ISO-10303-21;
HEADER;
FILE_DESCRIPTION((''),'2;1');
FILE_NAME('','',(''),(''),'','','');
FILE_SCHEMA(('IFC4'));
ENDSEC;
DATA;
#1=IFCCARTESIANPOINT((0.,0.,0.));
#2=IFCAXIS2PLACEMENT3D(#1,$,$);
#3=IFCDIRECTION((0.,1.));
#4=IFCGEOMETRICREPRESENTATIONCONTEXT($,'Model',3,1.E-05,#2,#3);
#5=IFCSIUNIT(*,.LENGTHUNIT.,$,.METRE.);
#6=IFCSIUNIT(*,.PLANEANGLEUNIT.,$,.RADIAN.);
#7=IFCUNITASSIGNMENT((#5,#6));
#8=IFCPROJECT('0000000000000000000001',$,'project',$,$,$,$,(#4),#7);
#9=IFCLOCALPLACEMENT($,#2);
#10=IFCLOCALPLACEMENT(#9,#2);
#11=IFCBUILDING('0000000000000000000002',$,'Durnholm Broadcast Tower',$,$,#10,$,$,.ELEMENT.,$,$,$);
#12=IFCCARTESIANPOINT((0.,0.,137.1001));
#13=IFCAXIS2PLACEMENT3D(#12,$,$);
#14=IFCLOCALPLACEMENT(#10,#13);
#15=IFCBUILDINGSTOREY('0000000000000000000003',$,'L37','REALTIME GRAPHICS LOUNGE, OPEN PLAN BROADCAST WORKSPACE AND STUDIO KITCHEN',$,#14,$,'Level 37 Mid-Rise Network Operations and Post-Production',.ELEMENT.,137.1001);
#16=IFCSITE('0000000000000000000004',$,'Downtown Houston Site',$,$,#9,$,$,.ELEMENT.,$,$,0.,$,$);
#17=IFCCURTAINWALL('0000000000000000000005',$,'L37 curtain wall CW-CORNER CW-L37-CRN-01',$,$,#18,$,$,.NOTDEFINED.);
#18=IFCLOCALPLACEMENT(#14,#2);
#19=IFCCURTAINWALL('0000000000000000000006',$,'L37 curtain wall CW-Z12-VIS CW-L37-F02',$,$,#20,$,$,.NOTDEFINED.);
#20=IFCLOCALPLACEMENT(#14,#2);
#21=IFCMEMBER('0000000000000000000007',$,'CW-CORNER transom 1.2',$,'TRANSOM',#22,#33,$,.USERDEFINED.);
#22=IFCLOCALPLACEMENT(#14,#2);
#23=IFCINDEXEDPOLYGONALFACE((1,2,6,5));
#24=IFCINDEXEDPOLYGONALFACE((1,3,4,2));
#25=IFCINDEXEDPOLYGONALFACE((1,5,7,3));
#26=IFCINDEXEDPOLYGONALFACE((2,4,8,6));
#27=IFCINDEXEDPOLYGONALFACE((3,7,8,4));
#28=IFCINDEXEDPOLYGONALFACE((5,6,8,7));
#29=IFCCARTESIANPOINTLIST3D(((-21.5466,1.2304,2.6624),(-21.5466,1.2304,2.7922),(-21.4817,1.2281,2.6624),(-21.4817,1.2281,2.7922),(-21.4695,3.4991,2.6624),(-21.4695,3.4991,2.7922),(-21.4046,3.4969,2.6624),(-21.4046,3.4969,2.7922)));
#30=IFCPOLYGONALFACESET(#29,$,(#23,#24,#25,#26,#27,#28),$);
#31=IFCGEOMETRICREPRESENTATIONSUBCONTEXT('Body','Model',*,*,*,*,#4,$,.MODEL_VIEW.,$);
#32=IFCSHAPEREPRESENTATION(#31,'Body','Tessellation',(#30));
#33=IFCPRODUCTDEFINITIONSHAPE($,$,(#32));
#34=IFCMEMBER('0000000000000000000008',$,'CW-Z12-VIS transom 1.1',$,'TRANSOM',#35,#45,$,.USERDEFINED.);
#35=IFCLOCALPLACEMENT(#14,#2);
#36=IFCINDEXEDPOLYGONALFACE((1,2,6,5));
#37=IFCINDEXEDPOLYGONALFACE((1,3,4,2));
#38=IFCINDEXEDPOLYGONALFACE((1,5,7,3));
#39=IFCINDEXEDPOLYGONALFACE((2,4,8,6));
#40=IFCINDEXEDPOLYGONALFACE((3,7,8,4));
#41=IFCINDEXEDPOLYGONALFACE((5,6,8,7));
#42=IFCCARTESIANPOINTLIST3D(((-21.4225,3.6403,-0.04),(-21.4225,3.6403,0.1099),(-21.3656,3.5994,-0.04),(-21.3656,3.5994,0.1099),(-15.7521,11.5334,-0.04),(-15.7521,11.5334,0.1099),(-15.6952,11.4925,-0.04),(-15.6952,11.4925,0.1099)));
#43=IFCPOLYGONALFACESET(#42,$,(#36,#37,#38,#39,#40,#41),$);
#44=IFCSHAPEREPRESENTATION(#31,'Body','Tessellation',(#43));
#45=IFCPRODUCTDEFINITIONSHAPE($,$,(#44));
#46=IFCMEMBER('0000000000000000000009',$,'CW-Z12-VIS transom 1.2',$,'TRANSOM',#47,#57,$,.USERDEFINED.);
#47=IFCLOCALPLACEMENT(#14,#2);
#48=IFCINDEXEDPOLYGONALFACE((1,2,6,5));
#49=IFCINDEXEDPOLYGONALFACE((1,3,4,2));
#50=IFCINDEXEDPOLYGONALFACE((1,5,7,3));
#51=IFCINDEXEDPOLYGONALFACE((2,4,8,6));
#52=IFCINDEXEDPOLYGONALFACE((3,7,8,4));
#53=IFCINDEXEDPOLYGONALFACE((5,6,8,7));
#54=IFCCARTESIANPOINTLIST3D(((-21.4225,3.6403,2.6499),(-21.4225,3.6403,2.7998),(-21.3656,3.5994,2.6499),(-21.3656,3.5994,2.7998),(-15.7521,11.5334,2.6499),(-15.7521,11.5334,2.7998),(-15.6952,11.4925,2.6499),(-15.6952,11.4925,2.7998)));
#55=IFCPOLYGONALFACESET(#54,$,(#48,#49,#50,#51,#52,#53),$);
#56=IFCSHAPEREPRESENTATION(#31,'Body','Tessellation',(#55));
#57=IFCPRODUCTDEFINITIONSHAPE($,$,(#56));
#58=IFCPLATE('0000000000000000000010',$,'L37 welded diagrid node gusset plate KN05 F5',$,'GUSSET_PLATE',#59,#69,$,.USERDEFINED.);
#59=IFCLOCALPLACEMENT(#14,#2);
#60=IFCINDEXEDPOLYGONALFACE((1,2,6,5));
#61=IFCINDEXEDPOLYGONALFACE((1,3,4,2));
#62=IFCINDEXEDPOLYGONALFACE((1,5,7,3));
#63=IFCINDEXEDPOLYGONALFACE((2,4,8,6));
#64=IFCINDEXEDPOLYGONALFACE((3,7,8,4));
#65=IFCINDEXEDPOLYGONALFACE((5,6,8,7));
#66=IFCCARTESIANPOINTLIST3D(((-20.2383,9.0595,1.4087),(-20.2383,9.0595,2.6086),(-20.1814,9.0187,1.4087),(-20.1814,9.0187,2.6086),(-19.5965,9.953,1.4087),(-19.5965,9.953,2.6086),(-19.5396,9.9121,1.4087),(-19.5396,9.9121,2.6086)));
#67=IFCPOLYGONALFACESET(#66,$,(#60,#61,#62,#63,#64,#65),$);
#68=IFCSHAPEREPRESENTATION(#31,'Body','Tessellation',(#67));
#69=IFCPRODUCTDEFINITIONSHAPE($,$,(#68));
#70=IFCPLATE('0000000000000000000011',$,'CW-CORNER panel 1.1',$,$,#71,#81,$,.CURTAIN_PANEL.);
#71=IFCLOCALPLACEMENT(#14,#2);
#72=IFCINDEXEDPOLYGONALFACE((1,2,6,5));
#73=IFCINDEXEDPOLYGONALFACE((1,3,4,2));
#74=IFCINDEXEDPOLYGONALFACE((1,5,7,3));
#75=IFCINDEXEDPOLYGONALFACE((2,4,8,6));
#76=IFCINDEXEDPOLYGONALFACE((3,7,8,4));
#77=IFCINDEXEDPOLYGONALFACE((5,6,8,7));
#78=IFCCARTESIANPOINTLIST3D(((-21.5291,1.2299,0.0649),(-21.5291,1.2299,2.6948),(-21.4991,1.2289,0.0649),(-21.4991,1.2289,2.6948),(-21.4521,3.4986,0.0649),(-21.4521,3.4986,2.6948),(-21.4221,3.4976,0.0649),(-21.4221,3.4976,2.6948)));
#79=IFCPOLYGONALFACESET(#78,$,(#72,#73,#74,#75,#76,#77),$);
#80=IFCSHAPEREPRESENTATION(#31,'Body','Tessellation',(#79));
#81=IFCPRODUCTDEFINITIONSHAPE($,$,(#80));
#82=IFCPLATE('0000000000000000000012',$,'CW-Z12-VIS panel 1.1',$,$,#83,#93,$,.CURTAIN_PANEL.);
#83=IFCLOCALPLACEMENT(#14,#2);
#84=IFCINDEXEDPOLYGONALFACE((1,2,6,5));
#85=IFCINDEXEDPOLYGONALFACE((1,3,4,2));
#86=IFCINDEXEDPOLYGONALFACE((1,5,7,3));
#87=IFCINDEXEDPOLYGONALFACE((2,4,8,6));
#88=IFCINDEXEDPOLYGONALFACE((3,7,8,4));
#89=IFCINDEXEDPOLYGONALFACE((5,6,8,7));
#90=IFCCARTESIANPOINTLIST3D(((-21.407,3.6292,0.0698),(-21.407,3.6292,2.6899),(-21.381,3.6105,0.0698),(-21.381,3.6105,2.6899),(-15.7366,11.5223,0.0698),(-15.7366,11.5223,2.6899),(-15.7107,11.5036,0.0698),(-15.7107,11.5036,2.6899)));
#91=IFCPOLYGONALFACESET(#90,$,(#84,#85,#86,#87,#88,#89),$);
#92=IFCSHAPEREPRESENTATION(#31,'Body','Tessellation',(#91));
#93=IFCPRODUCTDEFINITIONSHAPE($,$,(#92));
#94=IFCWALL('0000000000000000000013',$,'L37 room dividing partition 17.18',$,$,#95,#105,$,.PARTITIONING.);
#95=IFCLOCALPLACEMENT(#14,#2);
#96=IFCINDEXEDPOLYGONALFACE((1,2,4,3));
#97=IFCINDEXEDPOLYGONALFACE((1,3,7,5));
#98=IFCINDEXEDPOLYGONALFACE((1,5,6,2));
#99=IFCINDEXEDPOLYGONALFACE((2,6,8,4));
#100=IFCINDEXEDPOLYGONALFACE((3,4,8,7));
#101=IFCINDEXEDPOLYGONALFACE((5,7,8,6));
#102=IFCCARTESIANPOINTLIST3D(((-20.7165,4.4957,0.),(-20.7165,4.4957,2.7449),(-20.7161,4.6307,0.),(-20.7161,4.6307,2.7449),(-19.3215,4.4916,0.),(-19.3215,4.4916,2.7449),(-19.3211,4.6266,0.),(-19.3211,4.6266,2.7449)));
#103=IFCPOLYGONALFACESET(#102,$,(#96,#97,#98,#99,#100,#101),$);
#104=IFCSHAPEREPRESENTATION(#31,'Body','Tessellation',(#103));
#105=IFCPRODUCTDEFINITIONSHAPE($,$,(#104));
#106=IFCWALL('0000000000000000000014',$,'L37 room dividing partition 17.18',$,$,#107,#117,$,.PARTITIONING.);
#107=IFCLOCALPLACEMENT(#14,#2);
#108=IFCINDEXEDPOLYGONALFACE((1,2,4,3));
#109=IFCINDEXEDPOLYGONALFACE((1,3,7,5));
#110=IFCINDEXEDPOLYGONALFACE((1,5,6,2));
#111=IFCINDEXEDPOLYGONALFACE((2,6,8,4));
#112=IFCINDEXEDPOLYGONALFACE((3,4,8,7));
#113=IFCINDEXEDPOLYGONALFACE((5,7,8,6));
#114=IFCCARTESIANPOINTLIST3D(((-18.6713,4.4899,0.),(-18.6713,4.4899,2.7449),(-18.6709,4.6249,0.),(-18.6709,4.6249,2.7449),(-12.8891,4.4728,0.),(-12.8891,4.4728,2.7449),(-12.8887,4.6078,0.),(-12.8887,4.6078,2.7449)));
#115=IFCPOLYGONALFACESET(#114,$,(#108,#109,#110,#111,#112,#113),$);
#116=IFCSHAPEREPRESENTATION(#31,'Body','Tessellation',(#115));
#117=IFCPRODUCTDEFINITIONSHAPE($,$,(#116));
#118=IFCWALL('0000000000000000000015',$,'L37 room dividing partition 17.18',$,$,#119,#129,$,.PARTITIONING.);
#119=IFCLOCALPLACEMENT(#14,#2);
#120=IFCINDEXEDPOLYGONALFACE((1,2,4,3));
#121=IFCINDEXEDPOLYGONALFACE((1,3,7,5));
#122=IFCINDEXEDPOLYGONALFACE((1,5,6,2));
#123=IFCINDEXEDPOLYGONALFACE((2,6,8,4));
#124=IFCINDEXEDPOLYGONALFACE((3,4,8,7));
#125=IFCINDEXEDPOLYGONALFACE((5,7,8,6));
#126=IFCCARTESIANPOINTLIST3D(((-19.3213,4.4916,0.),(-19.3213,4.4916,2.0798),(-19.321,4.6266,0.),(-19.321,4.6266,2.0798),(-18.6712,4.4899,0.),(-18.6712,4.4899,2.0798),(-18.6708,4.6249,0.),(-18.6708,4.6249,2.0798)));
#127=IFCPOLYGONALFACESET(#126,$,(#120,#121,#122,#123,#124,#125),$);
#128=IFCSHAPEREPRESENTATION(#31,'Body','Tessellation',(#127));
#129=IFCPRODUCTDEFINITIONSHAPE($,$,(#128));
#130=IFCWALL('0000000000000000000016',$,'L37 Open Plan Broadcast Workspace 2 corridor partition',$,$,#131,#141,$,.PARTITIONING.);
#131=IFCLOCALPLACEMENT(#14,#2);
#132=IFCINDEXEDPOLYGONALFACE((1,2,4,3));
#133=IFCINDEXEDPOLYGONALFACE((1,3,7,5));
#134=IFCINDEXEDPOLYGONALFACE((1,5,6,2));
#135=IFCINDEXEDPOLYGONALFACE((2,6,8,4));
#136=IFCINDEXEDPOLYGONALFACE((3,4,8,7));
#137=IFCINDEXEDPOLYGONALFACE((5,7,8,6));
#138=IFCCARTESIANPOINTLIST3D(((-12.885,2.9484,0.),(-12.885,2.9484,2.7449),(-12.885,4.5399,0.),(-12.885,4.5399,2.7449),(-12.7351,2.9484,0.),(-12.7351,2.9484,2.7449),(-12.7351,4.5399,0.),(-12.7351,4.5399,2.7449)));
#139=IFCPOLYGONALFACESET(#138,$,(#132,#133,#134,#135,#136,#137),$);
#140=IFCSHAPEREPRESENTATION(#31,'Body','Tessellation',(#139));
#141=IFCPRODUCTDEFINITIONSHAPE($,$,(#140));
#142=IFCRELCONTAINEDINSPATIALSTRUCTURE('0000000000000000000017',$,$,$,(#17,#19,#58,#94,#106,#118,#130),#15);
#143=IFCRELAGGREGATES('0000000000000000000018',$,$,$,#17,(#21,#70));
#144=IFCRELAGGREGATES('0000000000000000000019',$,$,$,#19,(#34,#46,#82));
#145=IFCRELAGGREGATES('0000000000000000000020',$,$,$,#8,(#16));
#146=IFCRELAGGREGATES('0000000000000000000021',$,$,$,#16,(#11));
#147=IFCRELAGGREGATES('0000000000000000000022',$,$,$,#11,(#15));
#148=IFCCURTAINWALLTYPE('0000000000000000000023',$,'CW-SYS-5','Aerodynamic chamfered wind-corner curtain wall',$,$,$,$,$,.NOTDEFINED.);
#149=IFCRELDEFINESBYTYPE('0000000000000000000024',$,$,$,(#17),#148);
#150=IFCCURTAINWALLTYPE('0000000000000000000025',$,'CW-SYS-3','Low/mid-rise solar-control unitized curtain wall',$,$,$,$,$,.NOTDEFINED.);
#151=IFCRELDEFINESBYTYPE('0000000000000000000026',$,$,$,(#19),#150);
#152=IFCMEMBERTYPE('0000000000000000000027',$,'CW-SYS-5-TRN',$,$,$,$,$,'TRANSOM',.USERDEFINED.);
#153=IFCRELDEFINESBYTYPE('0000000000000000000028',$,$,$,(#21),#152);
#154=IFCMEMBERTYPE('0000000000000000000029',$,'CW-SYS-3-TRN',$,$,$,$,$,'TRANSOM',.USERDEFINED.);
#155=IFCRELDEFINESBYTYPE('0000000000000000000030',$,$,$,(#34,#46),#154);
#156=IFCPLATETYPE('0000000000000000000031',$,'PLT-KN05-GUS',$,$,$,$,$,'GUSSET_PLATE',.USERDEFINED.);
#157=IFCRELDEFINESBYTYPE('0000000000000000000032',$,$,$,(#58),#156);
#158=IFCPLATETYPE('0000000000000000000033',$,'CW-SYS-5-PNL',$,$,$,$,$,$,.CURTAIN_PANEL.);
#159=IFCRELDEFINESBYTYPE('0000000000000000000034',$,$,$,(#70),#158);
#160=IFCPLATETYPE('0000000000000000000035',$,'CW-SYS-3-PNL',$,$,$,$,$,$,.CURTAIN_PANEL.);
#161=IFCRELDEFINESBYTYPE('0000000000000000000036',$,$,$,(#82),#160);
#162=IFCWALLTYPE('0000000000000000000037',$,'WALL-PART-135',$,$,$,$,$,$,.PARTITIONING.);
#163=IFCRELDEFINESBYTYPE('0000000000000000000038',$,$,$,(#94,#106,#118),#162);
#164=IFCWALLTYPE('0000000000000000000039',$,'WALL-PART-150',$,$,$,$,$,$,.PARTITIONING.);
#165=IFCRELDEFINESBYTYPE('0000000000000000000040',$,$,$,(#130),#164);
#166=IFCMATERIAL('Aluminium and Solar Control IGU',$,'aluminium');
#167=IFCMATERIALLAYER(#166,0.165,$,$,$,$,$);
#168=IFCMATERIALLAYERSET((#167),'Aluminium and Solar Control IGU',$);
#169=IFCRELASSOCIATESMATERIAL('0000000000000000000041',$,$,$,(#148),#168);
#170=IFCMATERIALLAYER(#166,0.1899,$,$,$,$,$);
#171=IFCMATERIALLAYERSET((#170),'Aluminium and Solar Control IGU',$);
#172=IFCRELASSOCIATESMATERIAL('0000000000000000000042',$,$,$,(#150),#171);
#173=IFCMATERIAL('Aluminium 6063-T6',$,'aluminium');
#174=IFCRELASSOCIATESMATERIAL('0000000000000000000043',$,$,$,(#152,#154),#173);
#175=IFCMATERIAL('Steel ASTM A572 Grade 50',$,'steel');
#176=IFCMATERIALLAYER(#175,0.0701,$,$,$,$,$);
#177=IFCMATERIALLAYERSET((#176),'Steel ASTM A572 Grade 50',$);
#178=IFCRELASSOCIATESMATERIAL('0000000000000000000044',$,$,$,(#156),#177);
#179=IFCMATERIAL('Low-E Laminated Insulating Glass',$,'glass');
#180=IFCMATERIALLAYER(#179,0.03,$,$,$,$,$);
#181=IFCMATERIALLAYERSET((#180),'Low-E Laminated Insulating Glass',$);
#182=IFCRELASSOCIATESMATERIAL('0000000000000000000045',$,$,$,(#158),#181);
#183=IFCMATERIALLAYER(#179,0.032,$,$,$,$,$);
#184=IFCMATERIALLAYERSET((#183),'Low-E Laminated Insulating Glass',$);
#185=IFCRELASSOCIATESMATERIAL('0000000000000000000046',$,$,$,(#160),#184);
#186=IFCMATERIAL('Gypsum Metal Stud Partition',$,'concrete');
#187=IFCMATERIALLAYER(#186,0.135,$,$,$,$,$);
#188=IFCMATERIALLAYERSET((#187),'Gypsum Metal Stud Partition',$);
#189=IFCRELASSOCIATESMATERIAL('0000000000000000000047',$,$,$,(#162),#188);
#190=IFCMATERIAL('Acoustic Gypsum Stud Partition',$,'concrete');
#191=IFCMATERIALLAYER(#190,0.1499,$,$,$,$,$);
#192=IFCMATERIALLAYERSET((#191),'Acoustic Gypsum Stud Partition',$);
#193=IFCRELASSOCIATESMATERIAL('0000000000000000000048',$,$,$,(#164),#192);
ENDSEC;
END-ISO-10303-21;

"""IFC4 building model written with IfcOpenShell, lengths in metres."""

from ifc_helpers import new_model, si_unit, direction, frame, frame_2d, origin, origin_2d, place, context, subcontext, project, spatial, rectangle, extrude, source, transform, mapped, material, layer, layer_set, material_profile, profile_set, type_object, type_shapes, element, aggregate, save


model = new_model("IFC4")

# Units and contexts
model_context = context("Model", 3, precision=1e-05, world=origin(), true_north=direction((0.0, 1.0)))
body_context = subcontext(model_context, "Body", "Model", "MODEL_VIEW")
ifc_project = project(units=[si_unit("LENGTHUNIT", "METRE"), si_unit("PLANEANGLEUNIT", "RADIAN")], contexts=[model_context])

# Site, building, storey
site_placement = place(None, origin())
site = spatial("IfcSite", under=ifc_project, at=site_placement, Name="Downtown Houston Site", CompositionType="ELEMENT", RefElevation=0.0)
building_placement = place(site_placement, origin())
building = spatial("IfcBuilding", under=site, at=building_placement, Name="Durnholm Broadcast Tower", CompositionType="ELEMENT")
storey_placement = place(building_placement, frame((0.0, 0.0, 137.1001)))
storey = spatial("IfcBuildingStorey", under=building, at=storey_placement, Name="L37", Description="REALTIME GRAPHICS LOUNGE, OPEN PLAN BROADCAST WORKSPACE AND STUDIO KITCHEN", LongName="Level 37 Mid-Rise Network Operations and Post-Production", CompositionType="ELEMENT", Elevation=137.1001)

# Curtain walls
ifc_material_1 = material(Name="Aluminium and Solar Control IGU", Category="aluminium")
ifc_layer_1 = layer(ifc_material_1, 0.165)
ifc_layer_set_1 = layer_set([ifc_layer_1], Name="Aluminium and Solar Control IGU")
curtain_wall_type_1 = type_object("IfcCurtainWallType", Name="CW-SYS-5", Description="Aerodynamic chamfered wind-corner curtain wall", PredefinedType="NOTDEFINED", material=ifc_layer_set_1)
curtain_wall_1_placement = place(storey_placement, origin())
curtain_wall_1 = element("IfcCurtainWall", 1, at=curtain_wall_1_placement, inside=storey, type_object=curtain_wall_type_1, Name="L37 curtain wall CW-CORNER CW-L37-CRN-01", PredefinedType="NOTDEFINED")
ifc_material_2 = material(Name="Aluminium 6063-T6", Category="aluminium")
ifc_layer_2 = layer(ifc_material_1, 0.1899)
ifc_layer_set_2 = layer_set([ifc_layer_2], Name="Aluminium and Solar Control IGU")
curtain_wall_type_2 = type_object("IfcCurtainWallType", Name="CW-SYS-3", Description="Low/mid-rise solar-control unitized curtain wall", PredefinedType="NOTDEFINED", material=ifc_layer_set_2)
curtain_wall_2_placement = place(storey_placement, origin())
curtain_wall_2 = element("IfcCurtainWall", 2, at=curtain_wall_2_placement, inside=storey, type_object=curtain_wall_type_2, Name="L37 curtain wall CW-Z12-VIS CW-L37-F02", PredefinedType="NOTDEFINED")

# Members
ifc_material_profile_1 = material_profile(ifc_material_2, rectangle(XDim=0.0649, YDim=0.1299, at=origin_2d()), Name="CWT65X130")
ifc_profile_set_1 = profile_set([ifc_material_profile_1], Name="Aluminium 6063-T6")
member_type_1 = type_object("IfcMemberType", Name="CW-SYS-5-TRN", ElementType="TRANSOM", PredefinedType="USERDEFINED", material=ifc_profile_set_1)
shared_shape_1 = source(origin(), body_context, "Body", "SweptSolid", [
    extrude(rectangle(XDim=0.0649, YDim=0.1299, at=origin_2d()), origin(), (0.0, 0.0, 1.0), 2.27),
])
type_shapes(member_type_1, [shared_shape_1])
member_1_placement = place(storey_placement, frame((-21.5142, 1.2292, 2.7273), z_axis=(0.033984, 0.999422, 0.0), x_axis=(-0.999422, 0.033984, 0.0)))
member_1 = element("IfcMember", 3, at=member_1_placement, type_object=member_type_1, Name="CW-CORNER transom 1.2", ObjectType="TRANSOM", PredefinedType="USERDEFINED", context=body_context, shape_type="MappedRepresentation", body=[
    mapped(shared_shape_1, transform((0.0, 0.0, 0.0), x_axis=(1.0, 0.0, 0.0), y_axis=(0.0, 1.0, 0.0), z_axis=(0.0, 0.0, 1.0), scale=1.0)),
])
ifc_material_profile_2 = material_profile(ifc_material_2, rectangle(XDim=0.0701, YDim=0.1499, at=origin_2d()), Name="CWT70X150")
ifc_profile_set_2 = profile_set([ifc_material_profile_2], Name="Aluminium 6063-T6")
member_type_2 = type_object("IfcMemberType", Name="CW-SYS-3-TRN", ElementType="TRANSOM", PredefinedType="USERDEFINED", material=ifc_profile_set_2)
shared_shape_2 = source(origin(), body_context, "Body", "SweptSolid", [
    extrude(rectangle(XDim=0.0701, YDim=0.1499, at=origin_2d()), origin(), (0.0, 0.0, 1.0), 9.7188),
])
type_shapes(member_type_2, [shared_shape_2])
member_2_placement = place(storey_placement, frame((-21.394, 3.6199, 0.0349), z_axis=(0.583451, 0.812149, 0.0), x_axis=(-0.812149, 0.583451, 0.0)))
member_2 = element("IfcMember", 4, at=member_2_placement, type_object=member_type_2, Name="CW-Z12-VIS transom 1.1", ObjectType="TRANSOM", PredefinedType="USERDEFINED", context=body_context, shape_type="MappedRepresentation", body=[
    mapped(shared_shape_2, transform((0.0, 0.0, 0.0), x_axis=(1.0, 0.0, 0.0), y_axis=(0.0, 1.0, 0.0), z_axis=(0.0, 0.0, 1.0), scale=1.0)),
])
member_3_placement = place(storey_placement, frame((-21.394, 3.6199, 2.7249), z_axis=(0.583451, 0.812149, 0.0), x_axis=(-0.812149, 0.583451, 0.0)))
member_3 = element("IfcMember", 5, at=member_3_placement, type_object=member_type_2, Name="CW-Z12-VIS transom 1.2", ObjectType="TRANSOM", PredefinedType="USERDEFINED", context=body_context, shape_type="MappedRepresentation", body=[
    mapped(shared_shape_2, transform((0.0, 0.0, 0.0), x_axis=(1.0, 0.0, 0.0), y_axis=(0.0, 1.0, 0.0), z_axis=(0.0, 0.0, 1.0), scale=1.0)),
])

# Plates
ifc_material_3 = material(Name="Steel ASTM A572 Grade 50", Category="steel")
ifc_layer_3 = layer(ifc_material_3, 0.0701)
ifc_layer_set_3 = layer_set([ifc_layer_3], Name="Steel ASTM A572 Grade 50")
plate_type_1 = type_object("IfcPlateType", Name="PLT-KN05-GUS", ElementType="GUSSET_PLATE", PredefinedType="USERDEFINED", material=ifc_layer_set_3)
shared_shape_3 = source(origin(), body_context, "Body", "SweptSolid", [
    extrude(rectangle(XDim=1.1001, YDim=0.0701, at=origin_2d()), origin(), (0.0, 0.0, 1.0), 1.2),
])
type_shapes(plate_type_1, [shared_shape_3])
plate_1_placement = place(storey_placement, frame((-19.8889, 9.4858, 1.4087), z_axis=(0.0, 0.0, 1.0), x_axis=(-0.583399, -0.812185, 0.0)))
element("IfcPlate", 6, at=plate_1_placement, inside=storey, type_object=plate_type_1, Name="L37 welded diagrid node gusset plate KN05 F5", ObjectType="GUSSET_PLATE", PredefinedType="USERDEFINED", context=body_context, shape_type="MappedRepresentation", body=[
    mapped(shared_shape_3, transform((0.0, 0.0, 0.0), x_axis=(1.0, 0.0, 0.0), y_axis=(0.0, 1.0, 0.0), z_axis=(0.0, 0.0, 1.0), scale=1.0)),
])
ifc_material_4 = material(Name="Low-E Laminated Insulating Glass", Category="glass")
ifc_layer_4 = layer(ifc_material_4, 0.03)
ifc_layer_set_4 = layer_set([ifc_layer_4], Name="Low-E Laminated Insulating Glass")
plate_type_2 = type_object("IfcPlateType", Name="CW-SYS-5-PNL", PredefinedType="CURTAIN_PANEL", material=ifc_layer_set_4)
shared_shape_4 = source(origin(), body_context, "Body", "SweptSolid", [
    extrude(rectangle(XDim=2.27, YDim=0.03, at=origin_2d()), origin(), (0.0, 0.0, 1.0), 2.6299),
])
type_shapes(plate_type_2, [shared_shape_4])
plate_2_placement = place(storey_placement, frame((-21.4756, 2.3638, 0.0649), z_axis=(0.0, 0.0, 1.0), x_axis=(0.033917, 0.999425, 0.0)))
plate_2 = element("IfcPlate", 7, at=plate_2_placement, type_object=plate_type_2, Name="CW-CORNER panel 1.1", PredefinedType="CURTAIN_PANEL", context=body_context, shape_type="MappedRepresentation", body=[
    mapped(shared_shape_4, transform((0.0, 0.0, 0.0), x_axis=(1.0, 0.0, 0.0), y_axis=(0.0, 1.0, 0.0), z_axis=(0.0, 0.0, 1.0), scale=1.0)),
])
aggregate(curtain_wall_1, [member_1, plate_2])
ifc_layer_5 = layer(ifc_material_4, 0.032)
ifc_layer_set_5 = layer_set([ifc_layer_5], Name="Low-E Laminated Insulating Glass")
plate_type_3 = type_object("IfcPlateType", Name="CW-SYS-3-PNL", PredefinedType="CURTAIN_PANEL", material=ifc_layer_set_5)
shared_shape_5 = source(origin(), body_context, "Body", "SweptSolid", [
    extrude(rectangle(XDim=9.7188, YDim=0.032, at=origin_2d()), origin(), (0.0, 0.0, 1.0), 2.6201),
])
type_shapes(plate_type_3, [shared_shape_5])
plate_3_placement = place(storey_placement, frame((-18.5588, 7.5664, 0.0698), z_axis=(0.0, 0.0, 1.0), x_axis=(0.583445, 0.812152, 0.0)))
plate_3 = element("IfcPlate", 8, at=plate_3_placement, type_object=plate_type_3, Name="CW-Z12-VIS panel 1.1", PredefinedType="CURTAIN_PANEL", context=body_context, shape_type="MappedRepresentation", body=[
    mapped(shared_shape_5, transform((0.0, 0.0, 0.0), x_axis=(1.0, 0.0, 0.0), y_axis=(0.0, 1.0, 0.0), z_axis=(0.0, 0.0, 1.0), scale=1.0)),
])
aggregate(curtain_wall_2, [member_2, member_3, plate_3])

# Walls
ifc_material_5 = material(Name="Gypsum Metal Stud Partition", Category="concrete")
ifc_layer_6 = layer(ifc_material_5, 0.135)
ifc_layer_set_6 = layer_set([ifc_layer_6], Name="Gypsum Metal Stud Partition")
wall_type_1 = type_object("IfcWallType", Name="WALL-PART-135", PredefinedType="PARTITIONING", material=ifc_layer_set_6)
wall_1_placement = place(storey_placement, frame((-20.7163, 4.5632, 0.0), z_axis=(0.0, 0.0, 1.0), x_axis=(0.999996, -0.002975, 0.0)))
element("IfcWall", 9, at=wall_1_placement, inside=storey, type_object=wall_type_1, Name="L37 room dividing partition 17.18", PredefinedType="PARTITIONING", context=body_context, shape_type="SweptSolid", body=[
    extrude(rectangle(XDim=1.395, YDim=0.135, at=frame_2d((0.6975, 0.0))), origin(), (0.0, 0.0, 1.0), 2.7449),
])
wall_2_placement = place(storey_placement, frame((-18.6711, 4.5574, 0.0), z_axis=(0.0, 0.0, 1.0), x_axis=(0.999996, -0.002956, 0.0)))
element("IfcWall", 10, at=wall_2_placement, inside=storey, type_object=wall_type_1, Name="L37 room dividing partition 17.18", PredefinedType="PARTITIONING", context=body_context, shape_type="SweptSolid", body=[
    extrude(rectangle(XDim=5.7822, YDim=0.135, at=frame_2d((2.8911, 0.0))), origin(), (0.0, 0.0, 1.0), 2.7449),
])
wall_3_placement = place(storey_placement, frame((-19.3213, 4.5591, 0.0), z_axis=(0.0, 0.0, 1.0), x_axis=(0.999997, -0.002629, 0.0)))
element("IfcWall", 11, at=wall_3_placement, inside=storey, type_object=wall_type_1, Name="L37 room dividing partition 17.18", PredefinedType="PARTITIONING", context=body_context, shape_type="SweptSolid", body=[
    extrude(rectangle(XDim=0.6501, YDim=0.135, at=frame_2d((0.3252, 0.0))), origin(), (0.0, 0.0, 1.0), 2.0798),
])
ifc_material_6 = material(Name="Acoustic Gypsum Stud Partition", Category="concrete")
ifc_layer_7 = layer(ifc_material_6, 0.1499)
ifc_layer_set_7 = layer_set([ifc_layer_7], Name="Acoustic Gypsum Stud Partition")
wall_type_2 = type_object("IfcWallType", Name="WALL-PART-150", PredefinedType="PARTITIONING", material=ifc_layer_set_7)
wall_4_placement = place(storey_placement, frame((-12.8101, 4.54, 0.0), z_axis=(0.0, 0.0, 1.0), x_axis=(0.0, -1.0, 0.0)))
element("IfcWall", 12, at=wall_4_placement, inside=storey, type_object=wall_type_2, Name="L37 Open Plan Broadcast Workspace 2 corridor partition", PredefinedType="PARTITIONING", context=body_context, shape_type="SweptSolid", body=[
    extrude(rectangle(XDim=1.5916, YDim=0.1499, at=frame_2d((0.7959, 0.0))), origin(), (0.0, 0.0, 1.0), 2.7449),
])

save(model, "model.ifc")
